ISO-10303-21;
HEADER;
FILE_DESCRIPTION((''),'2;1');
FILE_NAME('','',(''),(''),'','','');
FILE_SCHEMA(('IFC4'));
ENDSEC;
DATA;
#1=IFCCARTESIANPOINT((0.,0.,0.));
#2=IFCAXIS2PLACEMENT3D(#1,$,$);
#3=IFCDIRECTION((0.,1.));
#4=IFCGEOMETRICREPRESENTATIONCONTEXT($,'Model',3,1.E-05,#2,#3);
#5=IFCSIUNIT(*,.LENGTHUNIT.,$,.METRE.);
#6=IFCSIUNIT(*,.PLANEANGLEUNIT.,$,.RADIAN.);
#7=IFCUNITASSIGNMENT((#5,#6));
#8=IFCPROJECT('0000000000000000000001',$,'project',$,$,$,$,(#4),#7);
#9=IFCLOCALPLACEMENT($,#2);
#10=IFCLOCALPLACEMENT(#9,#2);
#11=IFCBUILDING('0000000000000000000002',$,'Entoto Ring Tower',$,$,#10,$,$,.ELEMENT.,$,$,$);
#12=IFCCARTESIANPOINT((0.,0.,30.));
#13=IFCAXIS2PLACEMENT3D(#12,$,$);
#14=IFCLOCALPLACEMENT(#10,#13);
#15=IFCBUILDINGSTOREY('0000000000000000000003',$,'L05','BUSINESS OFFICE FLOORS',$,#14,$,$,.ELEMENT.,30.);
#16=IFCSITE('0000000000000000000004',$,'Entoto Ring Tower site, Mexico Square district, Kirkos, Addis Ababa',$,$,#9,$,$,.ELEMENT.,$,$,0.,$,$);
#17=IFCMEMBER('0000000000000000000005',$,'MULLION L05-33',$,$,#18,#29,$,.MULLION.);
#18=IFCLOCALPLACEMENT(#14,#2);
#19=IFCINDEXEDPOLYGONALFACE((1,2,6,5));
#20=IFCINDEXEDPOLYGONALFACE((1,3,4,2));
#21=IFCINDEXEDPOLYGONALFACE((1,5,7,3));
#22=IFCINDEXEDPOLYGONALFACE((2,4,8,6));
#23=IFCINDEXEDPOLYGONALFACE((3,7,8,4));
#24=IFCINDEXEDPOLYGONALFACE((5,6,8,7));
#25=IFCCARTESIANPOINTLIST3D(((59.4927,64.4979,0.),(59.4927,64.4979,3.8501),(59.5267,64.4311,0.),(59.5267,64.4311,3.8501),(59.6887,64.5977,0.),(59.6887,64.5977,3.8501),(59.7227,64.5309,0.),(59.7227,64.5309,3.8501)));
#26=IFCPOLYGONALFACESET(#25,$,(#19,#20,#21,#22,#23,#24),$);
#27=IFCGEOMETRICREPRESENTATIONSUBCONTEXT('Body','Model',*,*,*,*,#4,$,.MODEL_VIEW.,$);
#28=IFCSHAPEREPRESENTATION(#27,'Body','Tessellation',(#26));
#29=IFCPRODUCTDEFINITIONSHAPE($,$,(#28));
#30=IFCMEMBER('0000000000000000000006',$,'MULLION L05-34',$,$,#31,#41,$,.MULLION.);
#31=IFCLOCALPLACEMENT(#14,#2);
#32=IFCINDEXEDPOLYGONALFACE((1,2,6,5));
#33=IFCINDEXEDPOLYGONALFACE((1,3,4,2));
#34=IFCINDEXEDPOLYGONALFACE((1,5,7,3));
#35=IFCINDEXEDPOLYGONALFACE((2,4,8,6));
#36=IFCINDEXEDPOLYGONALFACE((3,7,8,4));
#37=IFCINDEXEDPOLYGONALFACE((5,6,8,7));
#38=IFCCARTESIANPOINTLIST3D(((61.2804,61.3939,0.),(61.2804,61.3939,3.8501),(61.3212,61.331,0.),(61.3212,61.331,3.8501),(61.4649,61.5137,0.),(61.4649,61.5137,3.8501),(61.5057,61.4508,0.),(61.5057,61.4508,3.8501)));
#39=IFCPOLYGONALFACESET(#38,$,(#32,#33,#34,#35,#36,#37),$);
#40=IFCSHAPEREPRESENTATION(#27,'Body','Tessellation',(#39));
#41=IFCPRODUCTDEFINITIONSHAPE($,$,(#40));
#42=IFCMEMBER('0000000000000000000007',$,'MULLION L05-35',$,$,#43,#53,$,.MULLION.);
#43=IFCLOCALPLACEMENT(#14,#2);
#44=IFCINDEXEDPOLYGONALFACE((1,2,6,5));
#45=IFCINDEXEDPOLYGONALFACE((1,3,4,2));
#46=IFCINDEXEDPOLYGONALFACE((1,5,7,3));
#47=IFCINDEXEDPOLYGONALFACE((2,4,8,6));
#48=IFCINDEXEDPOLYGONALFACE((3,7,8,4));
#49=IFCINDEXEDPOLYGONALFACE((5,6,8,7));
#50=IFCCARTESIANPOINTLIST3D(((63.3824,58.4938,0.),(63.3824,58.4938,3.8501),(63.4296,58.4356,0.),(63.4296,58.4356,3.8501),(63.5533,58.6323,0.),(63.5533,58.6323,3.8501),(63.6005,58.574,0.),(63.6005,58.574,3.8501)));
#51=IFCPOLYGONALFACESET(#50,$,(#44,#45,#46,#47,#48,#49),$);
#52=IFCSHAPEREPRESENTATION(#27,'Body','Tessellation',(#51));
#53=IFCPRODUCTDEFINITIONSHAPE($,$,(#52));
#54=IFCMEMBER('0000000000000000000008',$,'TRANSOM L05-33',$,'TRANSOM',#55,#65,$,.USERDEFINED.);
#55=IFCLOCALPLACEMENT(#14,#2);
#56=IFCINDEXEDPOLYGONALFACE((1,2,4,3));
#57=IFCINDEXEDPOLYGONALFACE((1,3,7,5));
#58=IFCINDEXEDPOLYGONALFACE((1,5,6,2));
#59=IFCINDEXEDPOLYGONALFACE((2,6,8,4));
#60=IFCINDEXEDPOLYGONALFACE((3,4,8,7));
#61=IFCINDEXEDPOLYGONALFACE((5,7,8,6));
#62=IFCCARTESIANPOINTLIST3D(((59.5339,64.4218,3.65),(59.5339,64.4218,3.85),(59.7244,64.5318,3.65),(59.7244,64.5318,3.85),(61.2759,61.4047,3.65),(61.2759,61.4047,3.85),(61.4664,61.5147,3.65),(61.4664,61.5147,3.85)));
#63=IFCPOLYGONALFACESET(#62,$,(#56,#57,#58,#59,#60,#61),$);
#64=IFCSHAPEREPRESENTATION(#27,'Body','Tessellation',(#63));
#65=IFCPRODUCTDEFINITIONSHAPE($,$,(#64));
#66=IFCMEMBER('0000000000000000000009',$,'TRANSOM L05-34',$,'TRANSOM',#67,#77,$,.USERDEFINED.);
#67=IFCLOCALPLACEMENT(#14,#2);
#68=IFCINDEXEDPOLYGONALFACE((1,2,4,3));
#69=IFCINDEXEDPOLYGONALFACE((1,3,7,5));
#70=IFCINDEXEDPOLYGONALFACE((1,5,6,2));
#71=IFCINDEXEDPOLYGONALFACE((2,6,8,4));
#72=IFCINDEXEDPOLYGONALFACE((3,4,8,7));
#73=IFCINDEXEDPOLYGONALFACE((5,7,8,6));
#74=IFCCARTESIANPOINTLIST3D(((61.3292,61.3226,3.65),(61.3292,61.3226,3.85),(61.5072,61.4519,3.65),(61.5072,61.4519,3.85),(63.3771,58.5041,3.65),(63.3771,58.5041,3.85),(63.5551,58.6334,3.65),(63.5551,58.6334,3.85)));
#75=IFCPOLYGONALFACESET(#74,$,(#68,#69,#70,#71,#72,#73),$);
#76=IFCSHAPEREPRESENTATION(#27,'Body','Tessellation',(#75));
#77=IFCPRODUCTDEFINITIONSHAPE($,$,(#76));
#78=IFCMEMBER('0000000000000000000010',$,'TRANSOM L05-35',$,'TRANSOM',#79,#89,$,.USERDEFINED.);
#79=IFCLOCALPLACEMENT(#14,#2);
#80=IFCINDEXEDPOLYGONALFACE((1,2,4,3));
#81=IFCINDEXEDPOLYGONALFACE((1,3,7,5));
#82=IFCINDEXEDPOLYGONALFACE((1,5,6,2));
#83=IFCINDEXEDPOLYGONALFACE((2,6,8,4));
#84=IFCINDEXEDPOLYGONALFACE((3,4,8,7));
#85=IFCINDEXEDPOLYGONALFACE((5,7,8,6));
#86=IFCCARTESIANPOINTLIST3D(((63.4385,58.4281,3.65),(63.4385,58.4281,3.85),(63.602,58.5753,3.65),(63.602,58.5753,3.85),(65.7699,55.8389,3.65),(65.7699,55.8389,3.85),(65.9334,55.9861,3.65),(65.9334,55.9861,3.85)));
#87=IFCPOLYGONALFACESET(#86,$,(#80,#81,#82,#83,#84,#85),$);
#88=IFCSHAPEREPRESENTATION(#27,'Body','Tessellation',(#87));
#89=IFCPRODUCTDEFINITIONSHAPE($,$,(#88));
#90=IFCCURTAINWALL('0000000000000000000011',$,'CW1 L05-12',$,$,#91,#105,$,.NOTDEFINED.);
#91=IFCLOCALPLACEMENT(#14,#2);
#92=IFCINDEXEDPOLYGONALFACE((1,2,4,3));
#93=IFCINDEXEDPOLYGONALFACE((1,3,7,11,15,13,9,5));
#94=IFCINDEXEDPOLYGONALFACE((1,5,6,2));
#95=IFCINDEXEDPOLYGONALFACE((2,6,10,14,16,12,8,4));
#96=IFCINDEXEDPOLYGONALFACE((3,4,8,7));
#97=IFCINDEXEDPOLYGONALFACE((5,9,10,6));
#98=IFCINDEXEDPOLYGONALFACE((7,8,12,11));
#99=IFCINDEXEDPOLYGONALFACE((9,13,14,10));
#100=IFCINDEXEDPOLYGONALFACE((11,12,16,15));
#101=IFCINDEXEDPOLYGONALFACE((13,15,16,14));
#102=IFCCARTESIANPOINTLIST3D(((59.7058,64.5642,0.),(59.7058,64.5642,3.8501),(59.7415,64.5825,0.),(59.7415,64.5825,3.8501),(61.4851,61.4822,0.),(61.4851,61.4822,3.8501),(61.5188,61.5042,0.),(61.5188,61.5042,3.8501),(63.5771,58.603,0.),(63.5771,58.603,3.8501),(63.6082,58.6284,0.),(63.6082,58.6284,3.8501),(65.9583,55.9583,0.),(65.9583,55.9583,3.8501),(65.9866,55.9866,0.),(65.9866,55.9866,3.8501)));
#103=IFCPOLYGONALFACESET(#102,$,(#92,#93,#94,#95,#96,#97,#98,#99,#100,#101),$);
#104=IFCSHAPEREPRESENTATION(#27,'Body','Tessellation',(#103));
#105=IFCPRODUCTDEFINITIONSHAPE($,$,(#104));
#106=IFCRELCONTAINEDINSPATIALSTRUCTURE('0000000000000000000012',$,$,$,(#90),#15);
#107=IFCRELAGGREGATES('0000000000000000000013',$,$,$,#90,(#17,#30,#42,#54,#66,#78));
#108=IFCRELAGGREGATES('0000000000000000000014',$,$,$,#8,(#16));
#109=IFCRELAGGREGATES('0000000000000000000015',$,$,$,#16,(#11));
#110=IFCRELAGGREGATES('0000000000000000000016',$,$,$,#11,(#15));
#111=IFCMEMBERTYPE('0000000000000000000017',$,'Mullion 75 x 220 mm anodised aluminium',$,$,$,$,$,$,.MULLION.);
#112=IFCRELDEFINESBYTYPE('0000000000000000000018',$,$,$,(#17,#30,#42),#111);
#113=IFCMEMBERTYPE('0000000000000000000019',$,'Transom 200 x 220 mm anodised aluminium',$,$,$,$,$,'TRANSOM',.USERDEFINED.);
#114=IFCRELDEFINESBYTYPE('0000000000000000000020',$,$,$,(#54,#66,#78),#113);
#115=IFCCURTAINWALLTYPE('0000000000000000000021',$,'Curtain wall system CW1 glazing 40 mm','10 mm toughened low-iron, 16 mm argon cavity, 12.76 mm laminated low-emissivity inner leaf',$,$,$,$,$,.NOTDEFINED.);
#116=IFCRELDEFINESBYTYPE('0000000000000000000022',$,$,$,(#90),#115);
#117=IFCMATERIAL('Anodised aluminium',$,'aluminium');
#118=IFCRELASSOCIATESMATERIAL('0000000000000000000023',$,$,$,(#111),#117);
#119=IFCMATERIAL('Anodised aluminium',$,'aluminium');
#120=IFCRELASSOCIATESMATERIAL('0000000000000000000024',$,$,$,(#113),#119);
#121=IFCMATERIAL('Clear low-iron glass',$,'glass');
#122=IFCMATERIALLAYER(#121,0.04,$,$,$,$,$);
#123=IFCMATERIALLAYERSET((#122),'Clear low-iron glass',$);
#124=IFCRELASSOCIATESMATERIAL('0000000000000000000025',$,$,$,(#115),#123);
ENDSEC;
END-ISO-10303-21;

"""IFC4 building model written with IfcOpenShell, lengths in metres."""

from ifc_helpers import new_model, si_unit, direction, frame, origin, origin_2d, place, context, subcontext, project, spatial, polyline, rectangle, outline, extrude, material, layer, layer_set, material_profile, profile_set, type_object, element, aggregate, save


model = new_model("IFC4")

# Units and contexts
model_context = context("Model", 3, precision=1e-05, world=origin(), true_north=direction((0.0, 1.0)))
body_context = subcontext(model_context, "Body", "Model", "MODEL_VIEW")
ifc_project = project(units=[si_unit("LENGTHUNIT", "METRE"), si_unit("PLANEANGLEUNIT", "RADIAN")], contexts=[model_context])

# Members
ifc_material_1 = material(Name="Anodised aluminium", Category="aluminium")
ifc_material_profile_1 = material_profile(ifc_material_1, rectangle(XDim=0.075, YDim=0.22, at=origin_2d()), Name="Mullion 75 x 220 mm anodised aluminium")
ifc_profile_set_1 = profile_set([ifc_material_profile_1], Name="Anodised aluminium")
member_type_1 = type_object("IfcMemberType", Name="Mullion 75 x 220 mm anodised aluminium", PredefinedType="MULLION", material=ifc_profile_set_1)
site_placement = place(None, origin())
building_placement = place(site_placement, origin())
storey_placement = place(building_placement, frame((0.0, 0.0, 30.0)))
member_1_placement = place(storey_placement, frame((59.6077, 64.5144, 0.0), z_axis=(0.0, 0.0, 1.0), x_axis=(0.45399, -0.891007, 0.0)))
member_1 = element("IfcMember", 1, at=member_1_placement, type_object=member_type_1, Name="MULLION L05-33", PredefinedType="MULLION", context=body_context, shape_type="SweptSolid", body=[
    extrude(rectangle(XDim=0.075, YDim=0.22, at=origin_2d()), origin(), (0.0, 0.0, 1.0), 3.8501),
])
member_2_placement = place(storey_placement, frame((61.3931, 61.4224, 0.0), z_axis=(0.0, 0.0, 1.0), x_axis=(0.544639, -0.838671, 0.0)))
member_2 = element("IfcMember", 2, at=member_2_placement, type_object=member_type_1, Name="MULLION L05-34", PredefinedType="MULLION", context=body_context, shape_type="SweptSolid", body=[
    extrude(rectangle(XDim=0.075, YDim=0.22, at=origin_2d()), origin(), (0.0, 0.0, 1.0), 3.8501),
])
member_3_placement = place(storey_placement, frame((63.4915, 58.5339, 0.0), z_axis=(0.0, 0.0, 1.0), x_axis=(0.62932, -0.777146, 0.0)))
member_3 = element("IfcMember", 3, at=member_3_placement, type_object=member_type_1, Name="MULLION L05-35", PredefinedType="MULLION", context=body_context, shape_type="SweptSolid", body=[
    extrude(rectangle(XDim=0.075, YDim=0.22, at=origin_2d()), origin(), (0.0, 0.0, 1.0), 3.8501),
])
ifc_material_2 = material(Name="Anodised aluminium", Category="aluminium")
ifc_material_profile_2 = material_profile(ifc_material_2, rectangle(XDim=0.22, YDim=0.2, at=origin_2d()), Name="Transom 200 x 220 mm anodised aluminium")
ifc_profile_set_2 = profile_set([ifc_material_profile_2], Name="Anodised aluminium")
member_type_2 = type_object("IfcMemberType", Name="Transom 200 x 220 mm anodised aluminium", ElementType="TRANSOM", PredefinedType="USERDEFINED", material=ifc_profile_set_2)
member_4_placement = place(storey_placement, frame((59.6292, 64.4768, 3.75), z_axis=(0.500006, -0.866022, 0.0), x_axis=(0.866022, 0.500006, 0.0)))
member_4 = element("IfcMember", 4, at=member_4_placement, type_object=member_type_2, Name="TRANSOM L05-33", ObjectType="TRANSOM", PredefinedType="USERDEFINED", context=body_context, shape_type="SweptSolid", body=[
    extrude(rectangle(XDim=0.22, YDim=0.2, at=origin_2d()), origin(), (0.0, 0.0, 1.0), 3.4839),
])
member_5_placement = place(storey_placement, frame((61.4182, 61.3872, 3.75), z_axis=(0.587822, -0.808991, 0.0), x_axis=(0.808991, 0.587822, 0.0)))
member_5 = element("IfcMember", 5, at=member_5_placement, type_object=member_type_2, Name="TRANSOM L05-34", ObjectType="TRANSOM", PredefinedType="USERDEFINED", context=body_context, shape_type="SweptSolid", body=[
    extrude(rectangle(XDim=0.22, YDim=0.2, at=origin_2d()), origin(), (0.0, 0.0, 1.0), 3.4839),
])
member_6_placement = place(storey_placement, frame((63.5203, 58.5017, 3.75), z_axis=(0.669139, -0.743137, 0.0), x_axis=(0.743137, 0.669139, 0.0)))
member_6 = element("IfcMember", 6, at=member_6_placement, type_object=member_type_2, Name="TRANSOM L05-35", ObjectType="TRANSOM", PredefinedType="USERDEFINED", context=body_context, shape_type="SweptSolid", body=[
    extrude(rectangle(XDim=0.22, YDim=0.2, at=origin_2d()), origin(), (0.0, 0.0, 1.0), 3.4841),
])

# Site, building, storey
site = spatial("IfcSite", under=ifc_project, at=site_placement, Name="Entoto Ring Tower site, Mexico Square district, Kirkos, Addis Ababa", CompositionType="ELEMENT", RefElevation=0.0)
building = spatial("IfcBuilding", under=site, at=building_placement, Name="Entoto Ring Tower", CompositionType="ELEMENT")
storey = spatial("IfcBuildingStorey", under=building, at=storey_placement, Name="L05", Description="BUSINESS OFFICE FLOORS", CompositionType="ELEMENT", Elevation=30.0)

# Curtain wall
ifc_material_3 = material(Name="Clear low-iron glass", Category="glass")
ifc_layer = layer(ifc_material_3, 0.04)
ifc_layer_set = layer_set([ifc_layer], Name="Clear low-iron glass")
curtain_wall_type = type_object("IfcCurtainWallType", Name="Curtain wall system CW1 glazing 40 mm", Description="10 mm toughened low-iron, 16 mm argon cavity, 12.76 mm laminated low-emissivity inner leaf", PredefinedType="NOTDEFINED", material=ifc_layer_set)
curtain_wall_1_placement = place(storey_placement, origin())
curtain_wall_1 = element("IfcCurtainWall", 7, at=curtain_wall_1_placement, inside=storey, type_object=curtain_wall_type, Name="CW1 L05-12", PredefinedType="NOTDEFINED", context=body_context, shape_type="SweptSolid", body=[
    extrude(outline(polyline([(59.7058, 64.5642), (61.4851, 61.4822), (63.5771, 58.603), (65.9583, 55.9583), (65.9866, 55.9866), (63.6082, 58.6284), (61.5188, 61.5042), (59.7415, 64.5825), (59.7058, 64.5642)])), origin(), (0.0, 0.0, 1.0), 3.8501),
])
aggregate(curtain_wall_1, [member_1, member_2, member_3, member_4, member_5, member_6])

save(model, "model.ifc")
